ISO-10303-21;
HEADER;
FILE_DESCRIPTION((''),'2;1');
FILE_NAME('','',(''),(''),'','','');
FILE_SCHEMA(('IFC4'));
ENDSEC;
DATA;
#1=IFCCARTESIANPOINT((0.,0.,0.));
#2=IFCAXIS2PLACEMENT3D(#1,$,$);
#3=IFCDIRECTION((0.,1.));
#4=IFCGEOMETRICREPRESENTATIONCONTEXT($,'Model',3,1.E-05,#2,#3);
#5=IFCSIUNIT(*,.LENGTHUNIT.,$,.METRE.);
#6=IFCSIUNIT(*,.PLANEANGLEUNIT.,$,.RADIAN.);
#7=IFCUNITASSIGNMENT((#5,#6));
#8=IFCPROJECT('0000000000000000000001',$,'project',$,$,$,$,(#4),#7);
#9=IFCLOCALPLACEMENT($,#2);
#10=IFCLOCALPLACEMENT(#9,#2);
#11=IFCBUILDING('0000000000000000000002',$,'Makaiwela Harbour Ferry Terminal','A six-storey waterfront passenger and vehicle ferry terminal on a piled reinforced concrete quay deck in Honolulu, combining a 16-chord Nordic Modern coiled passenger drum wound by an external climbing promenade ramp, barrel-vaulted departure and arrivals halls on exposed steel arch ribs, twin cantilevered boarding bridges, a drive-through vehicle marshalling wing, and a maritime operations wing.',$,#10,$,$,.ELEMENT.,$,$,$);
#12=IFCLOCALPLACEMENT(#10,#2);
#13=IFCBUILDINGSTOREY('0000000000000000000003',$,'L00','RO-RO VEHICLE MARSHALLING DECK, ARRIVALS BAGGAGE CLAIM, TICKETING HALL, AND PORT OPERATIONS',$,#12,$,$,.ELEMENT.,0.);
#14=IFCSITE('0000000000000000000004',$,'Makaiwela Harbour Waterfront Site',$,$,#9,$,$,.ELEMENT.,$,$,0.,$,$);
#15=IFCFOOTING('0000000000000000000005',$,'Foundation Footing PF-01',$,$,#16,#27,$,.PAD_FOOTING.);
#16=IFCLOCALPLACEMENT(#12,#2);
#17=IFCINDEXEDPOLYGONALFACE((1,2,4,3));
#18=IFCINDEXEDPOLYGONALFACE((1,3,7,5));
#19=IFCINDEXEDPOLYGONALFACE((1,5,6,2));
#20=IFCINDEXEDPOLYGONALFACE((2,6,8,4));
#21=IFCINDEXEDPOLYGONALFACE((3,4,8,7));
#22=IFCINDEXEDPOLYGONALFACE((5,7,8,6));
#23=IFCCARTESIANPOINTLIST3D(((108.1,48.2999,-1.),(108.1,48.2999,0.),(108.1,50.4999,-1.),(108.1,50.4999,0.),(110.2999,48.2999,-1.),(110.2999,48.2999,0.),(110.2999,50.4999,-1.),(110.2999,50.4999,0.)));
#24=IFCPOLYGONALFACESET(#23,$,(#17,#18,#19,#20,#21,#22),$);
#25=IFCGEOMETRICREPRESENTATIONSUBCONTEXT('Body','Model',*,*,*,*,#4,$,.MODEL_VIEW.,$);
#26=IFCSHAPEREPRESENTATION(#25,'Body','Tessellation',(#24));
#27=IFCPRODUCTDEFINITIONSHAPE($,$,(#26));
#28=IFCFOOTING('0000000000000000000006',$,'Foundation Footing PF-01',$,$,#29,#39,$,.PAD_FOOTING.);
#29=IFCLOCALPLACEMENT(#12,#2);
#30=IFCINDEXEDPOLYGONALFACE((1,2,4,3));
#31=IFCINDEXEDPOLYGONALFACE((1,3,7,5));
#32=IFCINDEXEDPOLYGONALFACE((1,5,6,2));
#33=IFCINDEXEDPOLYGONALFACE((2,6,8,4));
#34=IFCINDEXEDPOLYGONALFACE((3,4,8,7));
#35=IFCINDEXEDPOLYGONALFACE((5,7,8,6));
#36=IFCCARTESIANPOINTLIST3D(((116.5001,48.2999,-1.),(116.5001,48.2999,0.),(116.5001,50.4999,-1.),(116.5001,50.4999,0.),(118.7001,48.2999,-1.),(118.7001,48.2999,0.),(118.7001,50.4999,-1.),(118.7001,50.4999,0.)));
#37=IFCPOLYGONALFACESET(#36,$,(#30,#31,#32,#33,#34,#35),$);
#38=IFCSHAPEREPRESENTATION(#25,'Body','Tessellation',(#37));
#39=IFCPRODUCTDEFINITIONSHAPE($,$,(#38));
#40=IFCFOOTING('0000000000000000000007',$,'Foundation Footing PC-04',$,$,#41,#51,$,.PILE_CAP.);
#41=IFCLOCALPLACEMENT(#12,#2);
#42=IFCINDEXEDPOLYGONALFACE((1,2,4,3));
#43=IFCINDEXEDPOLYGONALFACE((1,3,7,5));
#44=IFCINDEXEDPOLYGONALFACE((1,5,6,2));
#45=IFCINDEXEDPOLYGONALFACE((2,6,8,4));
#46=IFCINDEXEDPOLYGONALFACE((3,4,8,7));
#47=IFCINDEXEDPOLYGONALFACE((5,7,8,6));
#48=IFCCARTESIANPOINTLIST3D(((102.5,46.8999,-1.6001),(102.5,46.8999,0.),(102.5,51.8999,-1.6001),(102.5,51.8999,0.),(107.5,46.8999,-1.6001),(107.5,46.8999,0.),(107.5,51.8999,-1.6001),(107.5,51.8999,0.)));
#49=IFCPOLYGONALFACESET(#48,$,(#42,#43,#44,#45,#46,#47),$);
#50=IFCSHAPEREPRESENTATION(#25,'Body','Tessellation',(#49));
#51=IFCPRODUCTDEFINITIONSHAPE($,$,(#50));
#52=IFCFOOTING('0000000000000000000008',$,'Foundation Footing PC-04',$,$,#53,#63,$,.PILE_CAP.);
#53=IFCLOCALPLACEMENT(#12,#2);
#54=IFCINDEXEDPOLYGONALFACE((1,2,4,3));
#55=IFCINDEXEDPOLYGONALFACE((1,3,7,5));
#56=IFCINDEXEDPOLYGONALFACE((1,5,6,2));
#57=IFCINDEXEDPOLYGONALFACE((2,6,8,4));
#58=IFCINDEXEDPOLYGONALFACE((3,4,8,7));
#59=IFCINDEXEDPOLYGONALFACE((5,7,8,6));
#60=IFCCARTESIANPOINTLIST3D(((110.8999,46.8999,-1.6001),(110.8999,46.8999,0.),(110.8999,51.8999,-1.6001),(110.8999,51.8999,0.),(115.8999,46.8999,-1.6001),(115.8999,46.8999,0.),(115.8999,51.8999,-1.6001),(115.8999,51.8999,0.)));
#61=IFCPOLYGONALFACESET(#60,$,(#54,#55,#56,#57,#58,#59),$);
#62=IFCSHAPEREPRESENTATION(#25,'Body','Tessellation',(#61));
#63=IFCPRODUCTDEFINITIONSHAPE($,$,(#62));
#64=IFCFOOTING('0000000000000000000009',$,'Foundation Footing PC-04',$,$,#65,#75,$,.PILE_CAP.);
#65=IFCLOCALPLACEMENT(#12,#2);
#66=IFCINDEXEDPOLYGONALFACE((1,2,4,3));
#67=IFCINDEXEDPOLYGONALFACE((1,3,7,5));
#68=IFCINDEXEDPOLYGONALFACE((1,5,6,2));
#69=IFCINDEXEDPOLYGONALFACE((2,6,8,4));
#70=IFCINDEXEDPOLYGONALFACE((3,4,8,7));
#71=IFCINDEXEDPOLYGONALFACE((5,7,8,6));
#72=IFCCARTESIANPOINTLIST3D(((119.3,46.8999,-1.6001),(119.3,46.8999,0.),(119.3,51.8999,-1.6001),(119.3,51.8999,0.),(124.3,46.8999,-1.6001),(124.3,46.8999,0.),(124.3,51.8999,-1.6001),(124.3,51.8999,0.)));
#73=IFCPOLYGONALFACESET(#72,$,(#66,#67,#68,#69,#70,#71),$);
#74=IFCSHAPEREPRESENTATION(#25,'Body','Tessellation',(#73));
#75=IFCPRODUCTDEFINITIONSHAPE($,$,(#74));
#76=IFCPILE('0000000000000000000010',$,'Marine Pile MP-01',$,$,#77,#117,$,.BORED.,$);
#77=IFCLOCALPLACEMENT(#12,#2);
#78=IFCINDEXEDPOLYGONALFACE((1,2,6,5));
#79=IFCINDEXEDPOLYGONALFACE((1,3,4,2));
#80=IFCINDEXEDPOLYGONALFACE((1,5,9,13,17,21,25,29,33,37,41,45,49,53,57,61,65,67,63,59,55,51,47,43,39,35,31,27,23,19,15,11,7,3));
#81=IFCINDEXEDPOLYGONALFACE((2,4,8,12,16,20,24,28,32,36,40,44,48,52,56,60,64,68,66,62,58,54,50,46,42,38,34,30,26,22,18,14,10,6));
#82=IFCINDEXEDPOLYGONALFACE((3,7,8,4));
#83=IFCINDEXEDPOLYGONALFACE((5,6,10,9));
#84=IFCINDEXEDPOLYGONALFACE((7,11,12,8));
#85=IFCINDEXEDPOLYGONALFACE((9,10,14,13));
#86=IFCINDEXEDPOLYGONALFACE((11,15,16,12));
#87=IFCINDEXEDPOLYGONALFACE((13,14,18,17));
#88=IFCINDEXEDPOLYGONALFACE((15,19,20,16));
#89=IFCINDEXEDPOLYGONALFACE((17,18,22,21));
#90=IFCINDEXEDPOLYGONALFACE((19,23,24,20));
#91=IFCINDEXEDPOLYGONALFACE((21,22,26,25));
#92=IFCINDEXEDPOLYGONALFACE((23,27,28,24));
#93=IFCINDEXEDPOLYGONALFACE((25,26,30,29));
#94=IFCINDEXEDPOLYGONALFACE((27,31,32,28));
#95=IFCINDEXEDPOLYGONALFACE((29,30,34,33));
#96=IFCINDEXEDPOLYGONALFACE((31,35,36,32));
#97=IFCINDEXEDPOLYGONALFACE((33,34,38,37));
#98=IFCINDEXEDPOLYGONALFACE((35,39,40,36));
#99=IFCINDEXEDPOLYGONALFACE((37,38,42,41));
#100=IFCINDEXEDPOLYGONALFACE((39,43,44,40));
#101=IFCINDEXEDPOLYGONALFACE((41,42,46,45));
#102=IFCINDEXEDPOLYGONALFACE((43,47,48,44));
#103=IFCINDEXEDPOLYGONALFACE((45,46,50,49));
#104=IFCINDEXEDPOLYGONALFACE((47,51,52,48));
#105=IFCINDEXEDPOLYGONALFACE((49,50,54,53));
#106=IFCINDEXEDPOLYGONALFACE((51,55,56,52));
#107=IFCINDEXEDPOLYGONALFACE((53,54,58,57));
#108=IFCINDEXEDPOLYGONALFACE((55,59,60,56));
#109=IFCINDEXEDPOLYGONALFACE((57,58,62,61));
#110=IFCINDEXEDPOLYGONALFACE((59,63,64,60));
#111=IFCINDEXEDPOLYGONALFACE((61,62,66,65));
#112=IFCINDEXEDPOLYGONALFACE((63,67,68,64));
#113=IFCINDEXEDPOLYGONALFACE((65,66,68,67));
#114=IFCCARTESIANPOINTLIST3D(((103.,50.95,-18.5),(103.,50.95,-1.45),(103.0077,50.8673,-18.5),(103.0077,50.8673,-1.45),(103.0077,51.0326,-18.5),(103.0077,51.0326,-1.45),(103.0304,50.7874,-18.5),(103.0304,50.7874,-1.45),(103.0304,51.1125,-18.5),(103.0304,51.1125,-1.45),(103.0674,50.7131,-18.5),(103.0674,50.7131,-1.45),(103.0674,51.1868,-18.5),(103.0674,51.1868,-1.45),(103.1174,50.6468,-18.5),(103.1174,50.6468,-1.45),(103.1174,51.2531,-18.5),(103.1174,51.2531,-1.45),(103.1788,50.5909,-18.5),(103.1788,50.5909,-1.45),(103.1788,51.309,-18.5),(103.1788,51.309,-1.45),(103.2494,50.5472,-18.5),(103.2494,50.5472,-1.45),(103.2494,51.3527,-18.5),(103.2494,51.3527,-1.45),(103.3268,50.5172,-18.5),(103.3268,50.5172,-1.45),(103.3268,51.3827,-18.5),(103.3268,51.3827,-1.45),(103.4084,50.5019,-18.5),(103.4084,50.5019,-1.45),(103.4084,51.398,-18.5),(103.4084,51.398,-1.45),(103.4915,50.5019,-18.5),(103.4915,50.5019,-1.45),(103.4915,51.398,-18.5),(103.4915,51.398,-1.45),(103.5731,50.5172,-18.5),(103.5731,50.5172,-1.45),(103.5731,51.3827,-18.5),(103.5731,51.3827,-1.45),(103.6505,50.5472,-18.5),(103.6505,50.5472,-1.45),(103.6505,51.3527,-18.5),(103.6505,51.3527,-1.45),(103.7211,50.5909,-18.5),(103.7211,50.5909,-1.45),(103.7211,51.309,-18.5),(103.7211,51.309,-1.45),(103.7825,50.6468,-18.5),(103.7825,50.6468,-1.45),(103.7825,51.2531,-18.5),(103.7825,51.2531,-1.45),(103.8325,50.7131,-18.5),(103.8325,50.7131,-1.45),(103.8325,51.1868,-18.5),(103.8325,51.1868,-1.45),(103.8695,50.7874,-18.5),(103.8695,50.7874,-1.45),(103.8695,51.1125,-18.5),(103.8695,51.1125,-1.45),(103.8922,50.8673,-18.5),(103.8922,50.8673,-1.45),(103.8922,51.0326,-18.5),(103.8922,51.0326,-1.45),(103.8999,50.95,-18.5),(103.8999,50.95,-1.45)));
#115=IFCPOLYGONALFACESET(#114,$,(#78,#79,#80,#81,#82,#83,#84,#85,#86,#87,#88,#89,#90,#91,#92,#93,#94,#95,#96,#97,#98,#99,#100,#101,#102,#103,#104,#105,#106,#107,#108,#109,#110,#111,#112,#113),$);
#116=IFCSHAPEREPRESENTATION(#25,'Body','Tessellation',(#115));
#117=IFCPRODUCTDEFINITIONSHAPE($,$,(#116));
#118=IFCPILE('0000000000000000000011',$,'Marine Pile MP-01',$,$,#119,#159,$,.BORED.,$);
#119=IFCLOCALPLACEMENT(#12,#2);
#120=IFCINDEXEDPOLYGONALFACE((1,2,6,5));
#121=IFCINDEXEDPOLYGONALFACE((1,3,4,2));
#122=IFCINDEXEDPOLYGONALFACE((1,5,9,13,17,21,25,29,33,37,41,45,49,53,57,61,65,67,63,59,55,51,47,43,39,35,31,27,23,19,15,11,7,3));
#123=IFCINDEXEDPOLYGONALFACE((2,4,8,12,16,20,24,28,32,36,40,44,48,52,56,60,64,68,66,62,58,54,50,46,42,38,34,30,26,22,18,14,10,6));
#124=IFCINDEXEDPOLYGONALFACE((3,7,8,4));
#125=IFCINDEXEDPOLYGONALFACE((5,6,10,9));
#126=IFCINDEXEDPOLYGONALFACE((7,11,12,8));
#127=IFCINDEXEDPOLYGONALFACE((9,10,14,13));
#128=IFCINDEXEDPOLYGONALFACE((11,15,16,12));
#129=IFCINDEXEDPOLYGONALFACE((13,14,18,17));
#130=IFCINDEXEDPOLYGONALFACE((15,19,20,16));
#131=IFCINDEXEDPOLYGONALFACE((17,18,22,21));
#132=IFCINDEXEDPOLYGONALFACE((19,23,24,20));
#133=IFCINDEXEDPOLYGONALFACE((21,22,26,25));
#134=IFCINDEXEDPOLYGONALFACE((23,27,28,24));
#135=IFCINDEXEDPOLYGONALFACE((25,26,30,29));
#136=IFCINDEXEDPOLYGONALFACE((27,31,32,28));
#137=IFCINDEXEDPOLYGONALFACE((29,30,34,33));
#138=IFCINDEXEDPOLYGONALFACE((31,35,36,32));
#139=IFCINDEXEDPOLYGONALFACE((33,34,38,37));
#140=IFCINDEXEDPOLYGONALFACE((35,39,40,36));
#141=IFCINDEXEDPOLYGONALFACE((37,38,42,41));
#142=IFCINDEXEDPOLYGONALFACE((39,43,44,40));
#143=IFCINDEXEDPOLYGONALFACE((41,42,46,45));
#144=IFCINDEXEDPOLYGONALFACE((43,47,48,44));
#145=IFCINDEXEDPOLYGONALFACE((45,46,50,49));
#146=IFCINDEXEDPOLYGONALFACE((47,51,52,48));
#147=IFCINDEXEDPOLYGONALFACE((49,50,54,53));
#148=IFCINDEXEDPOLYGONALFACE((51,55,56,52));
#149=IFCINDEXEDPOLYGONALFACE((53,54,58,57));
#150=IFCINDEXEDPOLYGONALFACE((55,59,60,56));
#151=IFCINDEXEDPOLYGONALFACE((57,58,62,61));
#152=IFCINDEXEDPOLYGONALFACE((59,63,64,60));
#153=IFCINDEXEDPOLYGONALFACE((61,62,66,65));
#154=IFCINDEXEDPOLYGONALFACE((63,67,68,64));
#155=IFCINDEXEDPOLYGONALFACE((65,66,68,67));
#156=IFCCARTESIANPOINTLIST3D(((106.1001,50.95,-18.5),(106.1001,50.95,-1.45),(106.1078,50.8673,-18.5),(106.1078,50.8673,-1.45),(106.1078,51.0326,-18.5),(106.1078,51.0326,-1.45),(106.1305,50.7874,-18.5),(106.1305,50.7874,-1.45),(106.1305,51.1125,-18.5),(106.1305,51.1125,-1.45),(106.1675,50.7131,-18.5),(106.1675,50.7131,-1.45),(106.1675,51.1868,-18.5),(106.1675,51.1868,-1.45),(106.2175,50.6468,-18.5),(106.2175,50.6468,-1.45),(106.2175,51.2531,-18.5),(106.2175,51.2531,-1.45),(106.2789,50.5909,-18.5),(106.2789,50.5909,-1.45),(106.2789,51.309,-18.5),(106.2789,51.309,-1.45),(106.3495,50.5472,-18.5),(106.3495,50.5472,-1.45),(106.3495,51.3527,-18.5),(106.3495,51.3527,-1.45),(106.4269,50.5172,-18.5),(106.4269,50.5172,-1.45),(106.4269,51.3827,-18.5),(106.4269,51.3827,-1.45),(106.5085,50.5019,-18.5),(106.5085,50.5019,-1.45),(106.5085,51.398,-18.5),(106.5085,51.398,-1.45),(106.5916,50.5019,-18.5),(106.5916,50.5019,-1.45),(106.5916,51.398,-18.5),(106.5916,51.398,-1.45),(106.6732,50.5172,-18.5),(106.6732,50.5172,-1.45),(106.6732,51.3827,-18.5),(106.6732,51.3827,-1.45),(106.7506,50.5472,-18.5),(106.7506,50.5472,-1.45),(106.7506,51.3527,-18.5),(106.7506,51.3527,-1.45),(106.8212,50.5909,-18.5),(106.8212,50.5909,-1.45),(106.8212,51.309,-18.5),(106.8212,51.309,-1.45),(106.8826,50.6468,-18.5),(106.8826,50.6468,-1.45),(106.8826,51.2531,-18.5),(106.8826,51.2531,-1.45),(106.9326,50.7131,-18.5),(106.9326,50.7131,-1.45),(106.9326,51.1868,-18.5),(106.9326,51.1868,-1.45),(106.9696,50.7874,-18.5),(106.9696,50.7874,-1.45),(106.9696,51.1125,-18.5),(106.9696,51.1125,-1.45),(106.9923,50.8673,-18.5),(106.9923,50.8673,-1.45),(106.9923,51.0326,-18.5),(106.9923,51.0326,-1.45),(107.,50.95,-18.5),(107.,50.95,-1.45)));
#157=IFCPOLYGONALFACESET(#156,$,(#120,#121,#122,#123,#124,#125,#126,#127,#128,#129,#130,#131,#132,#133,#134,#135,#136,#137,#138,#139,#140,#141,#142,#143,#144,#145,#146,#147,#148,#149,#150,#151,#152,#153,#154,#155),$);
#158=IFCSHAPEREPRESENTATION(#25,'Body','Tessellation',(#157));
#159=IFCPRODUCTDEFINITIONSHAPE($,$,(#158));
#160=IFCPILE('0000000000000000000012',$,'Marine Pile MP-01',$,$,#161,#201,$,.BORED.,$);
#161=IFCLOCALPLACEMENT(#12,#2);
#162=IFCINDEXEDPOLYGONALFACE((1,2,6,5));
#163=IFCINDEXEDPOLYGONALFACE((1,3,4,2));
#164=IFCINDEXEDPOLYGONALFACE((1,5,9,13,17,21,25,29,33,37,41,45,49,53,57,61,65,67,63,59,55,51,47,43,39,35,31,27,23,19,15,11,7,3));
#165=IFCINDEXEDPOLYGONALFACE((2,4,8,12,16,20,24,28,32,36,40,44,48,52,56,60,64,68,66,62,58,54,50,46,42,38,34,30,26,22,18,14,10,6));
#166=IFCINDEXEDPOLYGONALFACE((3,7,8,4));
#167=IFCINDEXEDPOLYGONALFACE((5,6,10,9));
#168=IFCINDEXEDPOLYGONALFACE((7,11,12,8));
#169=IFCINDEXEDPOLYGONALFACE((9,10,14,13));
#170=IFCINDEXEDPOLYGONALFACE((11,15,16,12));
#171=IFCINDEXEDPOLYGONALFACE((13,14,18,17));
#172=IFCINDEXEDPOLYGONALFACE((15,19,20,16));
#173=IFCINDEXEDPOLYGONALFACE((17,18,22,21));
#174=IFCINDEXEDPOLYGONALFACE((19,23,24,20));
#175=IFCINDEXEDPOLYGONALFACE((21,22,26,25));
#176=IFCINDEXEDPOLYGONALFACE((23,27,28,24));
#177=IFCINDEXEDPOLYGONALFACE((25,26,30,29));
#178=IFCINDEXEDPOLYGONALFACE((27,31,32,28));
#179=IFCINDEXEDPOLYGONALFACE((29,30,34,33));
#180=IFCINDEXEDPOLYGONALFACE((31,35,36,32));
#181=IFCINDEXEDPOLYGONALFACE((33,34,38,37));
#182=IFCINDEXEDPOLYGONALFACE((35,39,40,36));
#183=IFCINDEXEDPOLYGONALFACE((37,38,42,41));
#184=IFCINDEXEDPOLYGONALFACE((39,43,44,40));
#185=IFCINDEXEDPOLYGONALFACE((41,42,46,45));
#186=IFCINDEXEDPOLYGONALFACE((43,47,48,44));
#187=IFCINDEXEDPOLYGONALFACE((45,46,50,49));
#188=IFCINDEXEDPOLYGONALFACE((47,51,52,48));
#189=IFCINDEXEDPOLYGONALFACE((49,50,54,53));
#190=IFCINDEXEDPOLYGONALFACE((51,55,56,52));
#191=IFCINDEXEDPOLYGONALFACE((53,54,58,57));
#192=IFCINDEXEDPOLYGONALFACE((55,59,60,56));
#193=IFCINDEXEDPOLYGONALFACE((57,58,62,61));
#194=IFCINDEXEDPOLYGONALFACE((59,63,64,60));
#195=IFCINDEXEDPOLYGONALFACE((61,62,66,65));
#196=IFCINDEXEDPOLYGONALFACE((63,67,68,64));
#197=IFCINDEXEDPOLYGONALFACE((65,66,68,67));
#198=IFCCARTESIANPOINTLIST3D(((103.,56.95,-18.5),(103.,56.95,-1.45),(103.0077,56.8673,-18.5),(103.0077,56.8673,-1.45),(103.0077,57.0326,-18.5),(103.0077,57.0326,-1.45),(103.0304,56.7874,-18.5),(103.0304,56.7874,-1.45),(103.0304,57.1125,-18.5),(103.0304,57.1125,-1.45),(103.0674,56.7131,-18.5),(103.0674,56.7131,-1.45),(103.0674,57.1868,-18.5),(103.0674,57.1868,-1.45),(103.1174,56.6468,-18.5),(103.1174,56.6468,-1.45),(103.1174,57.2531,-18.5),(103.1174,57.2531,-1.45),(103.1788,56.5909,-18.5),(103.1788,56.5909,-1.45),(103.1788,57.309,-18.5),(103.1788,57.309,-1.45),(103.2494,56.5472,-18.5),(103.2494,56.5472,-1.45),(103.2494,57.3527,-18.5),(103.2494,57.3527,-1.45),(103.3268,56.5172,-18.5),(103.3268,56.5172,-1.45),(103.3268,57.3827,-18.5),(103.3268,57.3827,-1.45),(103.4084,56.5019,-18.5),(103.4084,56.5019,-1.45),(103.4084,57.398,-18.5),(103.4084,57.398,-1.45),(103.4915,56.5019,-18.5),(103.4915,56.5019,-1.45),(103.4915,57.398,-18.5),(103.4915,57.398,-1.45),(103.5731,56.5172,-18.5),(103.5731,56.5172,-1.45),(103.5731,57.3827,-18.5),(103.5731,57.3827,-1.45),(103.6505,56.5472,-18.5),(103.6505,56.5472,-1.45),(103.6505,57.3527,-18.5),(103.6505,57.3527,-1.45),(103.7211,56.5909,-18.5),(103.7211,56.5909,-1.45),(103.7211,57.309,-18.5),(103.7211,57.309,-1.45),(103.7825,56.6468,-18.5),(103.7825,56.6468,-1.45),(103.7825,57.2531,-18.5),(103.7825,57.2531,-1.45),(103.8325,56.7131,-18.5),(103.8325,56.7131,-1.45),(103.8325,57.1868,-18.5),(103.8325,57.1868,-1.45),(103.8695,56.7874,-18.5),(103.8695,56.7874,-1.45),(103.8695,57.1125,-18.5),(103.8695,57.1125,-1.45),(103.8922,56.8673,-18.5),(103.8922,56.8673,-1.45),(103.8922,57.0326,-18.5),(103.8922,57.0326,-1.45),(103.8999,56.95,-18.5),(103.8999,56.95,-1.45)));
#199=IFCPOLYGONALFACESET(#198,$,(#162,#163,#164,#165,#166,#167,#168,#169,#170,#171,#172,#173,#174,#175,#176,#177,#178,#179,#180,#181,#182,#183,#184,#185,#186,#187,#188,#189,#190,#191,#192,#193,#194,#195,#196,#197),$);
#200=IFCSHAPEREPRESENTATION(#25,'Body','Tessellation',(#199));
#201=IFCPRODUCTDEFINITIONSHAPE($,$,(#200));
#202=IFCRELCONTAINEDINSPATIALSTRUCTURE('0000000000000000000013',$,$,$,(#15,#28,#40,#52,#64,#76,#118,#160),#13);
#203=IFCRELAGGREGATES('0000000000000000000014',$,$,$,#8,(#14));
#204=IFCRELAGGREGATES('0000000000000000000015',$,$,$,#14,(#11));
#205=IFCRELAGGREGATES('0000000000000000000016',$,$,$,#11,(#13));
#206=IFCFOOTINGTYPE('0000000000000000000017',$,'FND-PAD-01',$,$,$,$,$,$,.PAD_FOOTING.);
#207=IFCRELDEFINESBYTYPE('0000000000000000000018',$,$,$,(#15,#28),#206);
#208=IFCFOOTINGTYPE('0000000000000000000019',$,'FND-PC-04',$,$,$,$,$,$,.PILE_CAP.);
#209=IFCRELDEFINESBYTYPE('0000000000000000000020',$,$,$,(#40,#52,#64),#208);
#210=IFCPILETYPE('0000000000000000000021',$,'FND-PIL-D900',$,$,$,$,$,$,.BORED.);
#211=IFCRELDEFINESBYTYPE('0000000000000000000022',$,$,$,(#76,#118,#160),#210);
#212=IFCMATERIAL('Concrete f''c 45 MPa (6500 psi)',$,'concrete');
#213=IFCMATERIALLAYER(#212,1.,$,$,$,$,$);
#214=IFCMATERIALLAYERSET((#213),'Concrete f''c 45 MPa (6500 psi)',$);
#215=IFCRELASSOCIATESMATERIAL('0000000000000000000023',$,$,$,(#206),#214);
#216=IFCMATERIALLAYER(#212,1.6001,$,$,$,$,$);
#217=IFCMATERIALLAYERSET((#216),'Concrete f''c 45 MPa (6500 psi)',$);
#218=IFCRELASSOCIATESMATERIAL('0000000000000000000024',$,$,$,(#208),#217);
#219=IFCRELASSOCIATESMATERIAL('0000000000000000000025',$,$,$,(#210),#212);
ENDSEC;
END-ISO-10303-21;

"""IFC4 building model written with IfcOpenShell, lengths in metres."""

from ifc_helpers import new_model, si_unit, direction, frame, origin, origin_2d, place, context, subcontext, project, spatial, rectangle, circle, extrude, material, layer, layer_set, material_profile, profile_set, type_object, element, save


model = new_model("IFC4")

# Units and contexts
model_context = context("Model", 3, precision=1e-05, world=origin(), true_north=direction((0.0, 1.0)))
body_context = subcontext(model_context, "Body", "Model", "MODEL_VIEW")
ifc_project = project(units=[si_unit("LENGTHUNIT", "METRE"), si_unit("PLANEANGLEUNIT", "RADIAN")], contexts=[model_context])

# Site, building, storey
site_placement = place(None, origin())
site = spatial("IfcSite", under=ifc_project, at=site_placement, Name="Makaiwela Harbour Waterfront Site", CompositionType="ELEMENT", RefElevation=0.0)
building_placement = place(site_placement, origin())
building = spatial("IfcBuilding", under=site, at=building_placement, Name="Makaiwela Harbour Ferry Terminal", Description="A six-storey waterfront passenger and vehicle ferry terminal on a piled reinforced concrete quay deck in Honolulu, combining a 16-chord Nordic Modern coiled passenger drum wound by an external climbing promenade ramp, barrel-vaulted departure and arrivals halls on exposed steel arch ribs, twin cantilevered boarding bridges, a drive-through vehicle marshalling wing, and a maritime operations wing.", CompositionType="ELEMENT")
storey_placement = place(building_placement, origin())
storey = spatial("IfcBuildingStorey", under=building, at=storey_placement, Name="L00", Description="RO-RO VEHICLE MARSHALLING DECK, ARRIVALS BAGGAGE CLAIM, TICKETING HALL, AND PORT OPERATIONS", CompositionType="ELEMENT", Elevation=0.0)

# Footings
ifc_material_1 = material(Name="Concrete f'c 45 MPa (6500 psi)", Category="concrete")
ifc_layer_1 = layer(ifc_material_1, 1.0)
ifc_layer_set_1 = layer_set([ifc_layer_1], Name="Concrete f'c 45 MPa (6500 psi)")
footing_type_1 = type_object("IfcFootingType", Name="FND-PAD-01", PredefinedType="PAD_FOOTING", material=ifc_layer_set_1)
for number, where, z_axis, x_axis, name in (
    (1, (109.2, 49.3999, -1.0), (0.0, 0.0, 1.0), (1.0, 0.0, 0.0), "Foundation Footing PF-01"),
    (2, (117.6001, 49.3999, -1.0), (0.0, 0.0, 1.0), (1.0, 0.0, 0.0), "Foundation Footing PF-01"),
):
    element("IfcFooting", number, at=place(storey_placement, frame(where, z_axis=z_axis, x_axis=x_axis)), inside=storey, type_object=footing_type_1, Name=name, PredefinedType="PAD_FOOTING", context=body_context, shape_type="SweptSolid", body=[
        extrude(rectangle(XDim=2.2, YDim=2.2, at=origin_2d()), origin(), (0.0, 0.0, 1.0), 1.0),
    ])
ifc_layer_2 = layer(ifc_material_1, 1.6001)
ifc_layer_set_2 = layer_set([ifc_layer_2], Name="Concrete f'c 45 MPa (6500 psi)")
footing_type_2 = type_object("IfcFootingType", Name="FND-PC-04", PredefinedType="PILE_CAP", material=ifc_layer_set_2)
for number, where, z_axis, x_axis, name in (
    (3, (105.0, 49.3999, -1.6001), (0.0, 0.0, 1.0), (1.0, 0.0, 0.0), "Foundation Footing PC-04"),
    (4, (113.3999, 49.3999, -1.6001), (0.0, 0.0, 1.0), (1.0, 0.0, 0.0), "Foundation Footing PC-04"),
    (5, (121.8, 49.3999, -1.6001), (0.0, 0.0, 1.0), (1.0, 0.0, 0.0), "Foundation Footing PC-04"),
):
    element("IfcFooting", number, at=place(storey_placement, frame(where, z_axis=z_axis, x_axis=x_axis)), inside=storey, type_object=footing_type_2, Name=name, PredefinedType="PILE_CAP", context=body_context, shape_type="SweptSolid", body=[
        extrude(rectangle(XDim=5.0, YDim=5.0, at=origin_2d()), origin(), (0.0, 0.0, 1.0), 1.6001),
    ])

# Piles
ifc_material_profile_1 = material_profile(ifc_material_1, circle(Radius=0.45, at=origin_2d()), Name="PILE-D900")
ifc_profile_set_1 = profile_set([ifc_material_profile_1], Name="Concrete f'c 45 MPa (6500 psi)")
pile_type = type_object("IfcPileType", Name="FND-PIL-D900", PredefinedType="BORED", material=ifc_profile_set_1)
for number, where, z_axis, x_axis, name in (
    (6, (103.45, 50.95, -1.45), (0.0, 0.0, -1.0), (1.0, 0.0, 0.0), "Marine Pile MP-01"),
    (7, (106.55, 50.95, -1.45), (0.0, 0.0, -1.0), (1.0, 0.0, 0.0), "Marine Pile MP-01"),
    (8, (103.45, 56.95, -1.45), (0.0, 0.0, -1.0), (1.0, 0.0, 0.0), "Marine Pile MP-01"),
):
    element("IfcPile", number, at=place(storey_placement, frame(where, z_axis=z_axis, x_axis=x_axis)), inside=storey, type_object=pile_type, Name=name, PredefinedType="BORED", context=body_context, shape_type="SweptSolid", body=[
        extrude(circle(Radius=0.45, at=origin_2d()), origin(), (0.0, 0.0, 1.0), 17.05),
    ])

save(model, "model.ifc")
